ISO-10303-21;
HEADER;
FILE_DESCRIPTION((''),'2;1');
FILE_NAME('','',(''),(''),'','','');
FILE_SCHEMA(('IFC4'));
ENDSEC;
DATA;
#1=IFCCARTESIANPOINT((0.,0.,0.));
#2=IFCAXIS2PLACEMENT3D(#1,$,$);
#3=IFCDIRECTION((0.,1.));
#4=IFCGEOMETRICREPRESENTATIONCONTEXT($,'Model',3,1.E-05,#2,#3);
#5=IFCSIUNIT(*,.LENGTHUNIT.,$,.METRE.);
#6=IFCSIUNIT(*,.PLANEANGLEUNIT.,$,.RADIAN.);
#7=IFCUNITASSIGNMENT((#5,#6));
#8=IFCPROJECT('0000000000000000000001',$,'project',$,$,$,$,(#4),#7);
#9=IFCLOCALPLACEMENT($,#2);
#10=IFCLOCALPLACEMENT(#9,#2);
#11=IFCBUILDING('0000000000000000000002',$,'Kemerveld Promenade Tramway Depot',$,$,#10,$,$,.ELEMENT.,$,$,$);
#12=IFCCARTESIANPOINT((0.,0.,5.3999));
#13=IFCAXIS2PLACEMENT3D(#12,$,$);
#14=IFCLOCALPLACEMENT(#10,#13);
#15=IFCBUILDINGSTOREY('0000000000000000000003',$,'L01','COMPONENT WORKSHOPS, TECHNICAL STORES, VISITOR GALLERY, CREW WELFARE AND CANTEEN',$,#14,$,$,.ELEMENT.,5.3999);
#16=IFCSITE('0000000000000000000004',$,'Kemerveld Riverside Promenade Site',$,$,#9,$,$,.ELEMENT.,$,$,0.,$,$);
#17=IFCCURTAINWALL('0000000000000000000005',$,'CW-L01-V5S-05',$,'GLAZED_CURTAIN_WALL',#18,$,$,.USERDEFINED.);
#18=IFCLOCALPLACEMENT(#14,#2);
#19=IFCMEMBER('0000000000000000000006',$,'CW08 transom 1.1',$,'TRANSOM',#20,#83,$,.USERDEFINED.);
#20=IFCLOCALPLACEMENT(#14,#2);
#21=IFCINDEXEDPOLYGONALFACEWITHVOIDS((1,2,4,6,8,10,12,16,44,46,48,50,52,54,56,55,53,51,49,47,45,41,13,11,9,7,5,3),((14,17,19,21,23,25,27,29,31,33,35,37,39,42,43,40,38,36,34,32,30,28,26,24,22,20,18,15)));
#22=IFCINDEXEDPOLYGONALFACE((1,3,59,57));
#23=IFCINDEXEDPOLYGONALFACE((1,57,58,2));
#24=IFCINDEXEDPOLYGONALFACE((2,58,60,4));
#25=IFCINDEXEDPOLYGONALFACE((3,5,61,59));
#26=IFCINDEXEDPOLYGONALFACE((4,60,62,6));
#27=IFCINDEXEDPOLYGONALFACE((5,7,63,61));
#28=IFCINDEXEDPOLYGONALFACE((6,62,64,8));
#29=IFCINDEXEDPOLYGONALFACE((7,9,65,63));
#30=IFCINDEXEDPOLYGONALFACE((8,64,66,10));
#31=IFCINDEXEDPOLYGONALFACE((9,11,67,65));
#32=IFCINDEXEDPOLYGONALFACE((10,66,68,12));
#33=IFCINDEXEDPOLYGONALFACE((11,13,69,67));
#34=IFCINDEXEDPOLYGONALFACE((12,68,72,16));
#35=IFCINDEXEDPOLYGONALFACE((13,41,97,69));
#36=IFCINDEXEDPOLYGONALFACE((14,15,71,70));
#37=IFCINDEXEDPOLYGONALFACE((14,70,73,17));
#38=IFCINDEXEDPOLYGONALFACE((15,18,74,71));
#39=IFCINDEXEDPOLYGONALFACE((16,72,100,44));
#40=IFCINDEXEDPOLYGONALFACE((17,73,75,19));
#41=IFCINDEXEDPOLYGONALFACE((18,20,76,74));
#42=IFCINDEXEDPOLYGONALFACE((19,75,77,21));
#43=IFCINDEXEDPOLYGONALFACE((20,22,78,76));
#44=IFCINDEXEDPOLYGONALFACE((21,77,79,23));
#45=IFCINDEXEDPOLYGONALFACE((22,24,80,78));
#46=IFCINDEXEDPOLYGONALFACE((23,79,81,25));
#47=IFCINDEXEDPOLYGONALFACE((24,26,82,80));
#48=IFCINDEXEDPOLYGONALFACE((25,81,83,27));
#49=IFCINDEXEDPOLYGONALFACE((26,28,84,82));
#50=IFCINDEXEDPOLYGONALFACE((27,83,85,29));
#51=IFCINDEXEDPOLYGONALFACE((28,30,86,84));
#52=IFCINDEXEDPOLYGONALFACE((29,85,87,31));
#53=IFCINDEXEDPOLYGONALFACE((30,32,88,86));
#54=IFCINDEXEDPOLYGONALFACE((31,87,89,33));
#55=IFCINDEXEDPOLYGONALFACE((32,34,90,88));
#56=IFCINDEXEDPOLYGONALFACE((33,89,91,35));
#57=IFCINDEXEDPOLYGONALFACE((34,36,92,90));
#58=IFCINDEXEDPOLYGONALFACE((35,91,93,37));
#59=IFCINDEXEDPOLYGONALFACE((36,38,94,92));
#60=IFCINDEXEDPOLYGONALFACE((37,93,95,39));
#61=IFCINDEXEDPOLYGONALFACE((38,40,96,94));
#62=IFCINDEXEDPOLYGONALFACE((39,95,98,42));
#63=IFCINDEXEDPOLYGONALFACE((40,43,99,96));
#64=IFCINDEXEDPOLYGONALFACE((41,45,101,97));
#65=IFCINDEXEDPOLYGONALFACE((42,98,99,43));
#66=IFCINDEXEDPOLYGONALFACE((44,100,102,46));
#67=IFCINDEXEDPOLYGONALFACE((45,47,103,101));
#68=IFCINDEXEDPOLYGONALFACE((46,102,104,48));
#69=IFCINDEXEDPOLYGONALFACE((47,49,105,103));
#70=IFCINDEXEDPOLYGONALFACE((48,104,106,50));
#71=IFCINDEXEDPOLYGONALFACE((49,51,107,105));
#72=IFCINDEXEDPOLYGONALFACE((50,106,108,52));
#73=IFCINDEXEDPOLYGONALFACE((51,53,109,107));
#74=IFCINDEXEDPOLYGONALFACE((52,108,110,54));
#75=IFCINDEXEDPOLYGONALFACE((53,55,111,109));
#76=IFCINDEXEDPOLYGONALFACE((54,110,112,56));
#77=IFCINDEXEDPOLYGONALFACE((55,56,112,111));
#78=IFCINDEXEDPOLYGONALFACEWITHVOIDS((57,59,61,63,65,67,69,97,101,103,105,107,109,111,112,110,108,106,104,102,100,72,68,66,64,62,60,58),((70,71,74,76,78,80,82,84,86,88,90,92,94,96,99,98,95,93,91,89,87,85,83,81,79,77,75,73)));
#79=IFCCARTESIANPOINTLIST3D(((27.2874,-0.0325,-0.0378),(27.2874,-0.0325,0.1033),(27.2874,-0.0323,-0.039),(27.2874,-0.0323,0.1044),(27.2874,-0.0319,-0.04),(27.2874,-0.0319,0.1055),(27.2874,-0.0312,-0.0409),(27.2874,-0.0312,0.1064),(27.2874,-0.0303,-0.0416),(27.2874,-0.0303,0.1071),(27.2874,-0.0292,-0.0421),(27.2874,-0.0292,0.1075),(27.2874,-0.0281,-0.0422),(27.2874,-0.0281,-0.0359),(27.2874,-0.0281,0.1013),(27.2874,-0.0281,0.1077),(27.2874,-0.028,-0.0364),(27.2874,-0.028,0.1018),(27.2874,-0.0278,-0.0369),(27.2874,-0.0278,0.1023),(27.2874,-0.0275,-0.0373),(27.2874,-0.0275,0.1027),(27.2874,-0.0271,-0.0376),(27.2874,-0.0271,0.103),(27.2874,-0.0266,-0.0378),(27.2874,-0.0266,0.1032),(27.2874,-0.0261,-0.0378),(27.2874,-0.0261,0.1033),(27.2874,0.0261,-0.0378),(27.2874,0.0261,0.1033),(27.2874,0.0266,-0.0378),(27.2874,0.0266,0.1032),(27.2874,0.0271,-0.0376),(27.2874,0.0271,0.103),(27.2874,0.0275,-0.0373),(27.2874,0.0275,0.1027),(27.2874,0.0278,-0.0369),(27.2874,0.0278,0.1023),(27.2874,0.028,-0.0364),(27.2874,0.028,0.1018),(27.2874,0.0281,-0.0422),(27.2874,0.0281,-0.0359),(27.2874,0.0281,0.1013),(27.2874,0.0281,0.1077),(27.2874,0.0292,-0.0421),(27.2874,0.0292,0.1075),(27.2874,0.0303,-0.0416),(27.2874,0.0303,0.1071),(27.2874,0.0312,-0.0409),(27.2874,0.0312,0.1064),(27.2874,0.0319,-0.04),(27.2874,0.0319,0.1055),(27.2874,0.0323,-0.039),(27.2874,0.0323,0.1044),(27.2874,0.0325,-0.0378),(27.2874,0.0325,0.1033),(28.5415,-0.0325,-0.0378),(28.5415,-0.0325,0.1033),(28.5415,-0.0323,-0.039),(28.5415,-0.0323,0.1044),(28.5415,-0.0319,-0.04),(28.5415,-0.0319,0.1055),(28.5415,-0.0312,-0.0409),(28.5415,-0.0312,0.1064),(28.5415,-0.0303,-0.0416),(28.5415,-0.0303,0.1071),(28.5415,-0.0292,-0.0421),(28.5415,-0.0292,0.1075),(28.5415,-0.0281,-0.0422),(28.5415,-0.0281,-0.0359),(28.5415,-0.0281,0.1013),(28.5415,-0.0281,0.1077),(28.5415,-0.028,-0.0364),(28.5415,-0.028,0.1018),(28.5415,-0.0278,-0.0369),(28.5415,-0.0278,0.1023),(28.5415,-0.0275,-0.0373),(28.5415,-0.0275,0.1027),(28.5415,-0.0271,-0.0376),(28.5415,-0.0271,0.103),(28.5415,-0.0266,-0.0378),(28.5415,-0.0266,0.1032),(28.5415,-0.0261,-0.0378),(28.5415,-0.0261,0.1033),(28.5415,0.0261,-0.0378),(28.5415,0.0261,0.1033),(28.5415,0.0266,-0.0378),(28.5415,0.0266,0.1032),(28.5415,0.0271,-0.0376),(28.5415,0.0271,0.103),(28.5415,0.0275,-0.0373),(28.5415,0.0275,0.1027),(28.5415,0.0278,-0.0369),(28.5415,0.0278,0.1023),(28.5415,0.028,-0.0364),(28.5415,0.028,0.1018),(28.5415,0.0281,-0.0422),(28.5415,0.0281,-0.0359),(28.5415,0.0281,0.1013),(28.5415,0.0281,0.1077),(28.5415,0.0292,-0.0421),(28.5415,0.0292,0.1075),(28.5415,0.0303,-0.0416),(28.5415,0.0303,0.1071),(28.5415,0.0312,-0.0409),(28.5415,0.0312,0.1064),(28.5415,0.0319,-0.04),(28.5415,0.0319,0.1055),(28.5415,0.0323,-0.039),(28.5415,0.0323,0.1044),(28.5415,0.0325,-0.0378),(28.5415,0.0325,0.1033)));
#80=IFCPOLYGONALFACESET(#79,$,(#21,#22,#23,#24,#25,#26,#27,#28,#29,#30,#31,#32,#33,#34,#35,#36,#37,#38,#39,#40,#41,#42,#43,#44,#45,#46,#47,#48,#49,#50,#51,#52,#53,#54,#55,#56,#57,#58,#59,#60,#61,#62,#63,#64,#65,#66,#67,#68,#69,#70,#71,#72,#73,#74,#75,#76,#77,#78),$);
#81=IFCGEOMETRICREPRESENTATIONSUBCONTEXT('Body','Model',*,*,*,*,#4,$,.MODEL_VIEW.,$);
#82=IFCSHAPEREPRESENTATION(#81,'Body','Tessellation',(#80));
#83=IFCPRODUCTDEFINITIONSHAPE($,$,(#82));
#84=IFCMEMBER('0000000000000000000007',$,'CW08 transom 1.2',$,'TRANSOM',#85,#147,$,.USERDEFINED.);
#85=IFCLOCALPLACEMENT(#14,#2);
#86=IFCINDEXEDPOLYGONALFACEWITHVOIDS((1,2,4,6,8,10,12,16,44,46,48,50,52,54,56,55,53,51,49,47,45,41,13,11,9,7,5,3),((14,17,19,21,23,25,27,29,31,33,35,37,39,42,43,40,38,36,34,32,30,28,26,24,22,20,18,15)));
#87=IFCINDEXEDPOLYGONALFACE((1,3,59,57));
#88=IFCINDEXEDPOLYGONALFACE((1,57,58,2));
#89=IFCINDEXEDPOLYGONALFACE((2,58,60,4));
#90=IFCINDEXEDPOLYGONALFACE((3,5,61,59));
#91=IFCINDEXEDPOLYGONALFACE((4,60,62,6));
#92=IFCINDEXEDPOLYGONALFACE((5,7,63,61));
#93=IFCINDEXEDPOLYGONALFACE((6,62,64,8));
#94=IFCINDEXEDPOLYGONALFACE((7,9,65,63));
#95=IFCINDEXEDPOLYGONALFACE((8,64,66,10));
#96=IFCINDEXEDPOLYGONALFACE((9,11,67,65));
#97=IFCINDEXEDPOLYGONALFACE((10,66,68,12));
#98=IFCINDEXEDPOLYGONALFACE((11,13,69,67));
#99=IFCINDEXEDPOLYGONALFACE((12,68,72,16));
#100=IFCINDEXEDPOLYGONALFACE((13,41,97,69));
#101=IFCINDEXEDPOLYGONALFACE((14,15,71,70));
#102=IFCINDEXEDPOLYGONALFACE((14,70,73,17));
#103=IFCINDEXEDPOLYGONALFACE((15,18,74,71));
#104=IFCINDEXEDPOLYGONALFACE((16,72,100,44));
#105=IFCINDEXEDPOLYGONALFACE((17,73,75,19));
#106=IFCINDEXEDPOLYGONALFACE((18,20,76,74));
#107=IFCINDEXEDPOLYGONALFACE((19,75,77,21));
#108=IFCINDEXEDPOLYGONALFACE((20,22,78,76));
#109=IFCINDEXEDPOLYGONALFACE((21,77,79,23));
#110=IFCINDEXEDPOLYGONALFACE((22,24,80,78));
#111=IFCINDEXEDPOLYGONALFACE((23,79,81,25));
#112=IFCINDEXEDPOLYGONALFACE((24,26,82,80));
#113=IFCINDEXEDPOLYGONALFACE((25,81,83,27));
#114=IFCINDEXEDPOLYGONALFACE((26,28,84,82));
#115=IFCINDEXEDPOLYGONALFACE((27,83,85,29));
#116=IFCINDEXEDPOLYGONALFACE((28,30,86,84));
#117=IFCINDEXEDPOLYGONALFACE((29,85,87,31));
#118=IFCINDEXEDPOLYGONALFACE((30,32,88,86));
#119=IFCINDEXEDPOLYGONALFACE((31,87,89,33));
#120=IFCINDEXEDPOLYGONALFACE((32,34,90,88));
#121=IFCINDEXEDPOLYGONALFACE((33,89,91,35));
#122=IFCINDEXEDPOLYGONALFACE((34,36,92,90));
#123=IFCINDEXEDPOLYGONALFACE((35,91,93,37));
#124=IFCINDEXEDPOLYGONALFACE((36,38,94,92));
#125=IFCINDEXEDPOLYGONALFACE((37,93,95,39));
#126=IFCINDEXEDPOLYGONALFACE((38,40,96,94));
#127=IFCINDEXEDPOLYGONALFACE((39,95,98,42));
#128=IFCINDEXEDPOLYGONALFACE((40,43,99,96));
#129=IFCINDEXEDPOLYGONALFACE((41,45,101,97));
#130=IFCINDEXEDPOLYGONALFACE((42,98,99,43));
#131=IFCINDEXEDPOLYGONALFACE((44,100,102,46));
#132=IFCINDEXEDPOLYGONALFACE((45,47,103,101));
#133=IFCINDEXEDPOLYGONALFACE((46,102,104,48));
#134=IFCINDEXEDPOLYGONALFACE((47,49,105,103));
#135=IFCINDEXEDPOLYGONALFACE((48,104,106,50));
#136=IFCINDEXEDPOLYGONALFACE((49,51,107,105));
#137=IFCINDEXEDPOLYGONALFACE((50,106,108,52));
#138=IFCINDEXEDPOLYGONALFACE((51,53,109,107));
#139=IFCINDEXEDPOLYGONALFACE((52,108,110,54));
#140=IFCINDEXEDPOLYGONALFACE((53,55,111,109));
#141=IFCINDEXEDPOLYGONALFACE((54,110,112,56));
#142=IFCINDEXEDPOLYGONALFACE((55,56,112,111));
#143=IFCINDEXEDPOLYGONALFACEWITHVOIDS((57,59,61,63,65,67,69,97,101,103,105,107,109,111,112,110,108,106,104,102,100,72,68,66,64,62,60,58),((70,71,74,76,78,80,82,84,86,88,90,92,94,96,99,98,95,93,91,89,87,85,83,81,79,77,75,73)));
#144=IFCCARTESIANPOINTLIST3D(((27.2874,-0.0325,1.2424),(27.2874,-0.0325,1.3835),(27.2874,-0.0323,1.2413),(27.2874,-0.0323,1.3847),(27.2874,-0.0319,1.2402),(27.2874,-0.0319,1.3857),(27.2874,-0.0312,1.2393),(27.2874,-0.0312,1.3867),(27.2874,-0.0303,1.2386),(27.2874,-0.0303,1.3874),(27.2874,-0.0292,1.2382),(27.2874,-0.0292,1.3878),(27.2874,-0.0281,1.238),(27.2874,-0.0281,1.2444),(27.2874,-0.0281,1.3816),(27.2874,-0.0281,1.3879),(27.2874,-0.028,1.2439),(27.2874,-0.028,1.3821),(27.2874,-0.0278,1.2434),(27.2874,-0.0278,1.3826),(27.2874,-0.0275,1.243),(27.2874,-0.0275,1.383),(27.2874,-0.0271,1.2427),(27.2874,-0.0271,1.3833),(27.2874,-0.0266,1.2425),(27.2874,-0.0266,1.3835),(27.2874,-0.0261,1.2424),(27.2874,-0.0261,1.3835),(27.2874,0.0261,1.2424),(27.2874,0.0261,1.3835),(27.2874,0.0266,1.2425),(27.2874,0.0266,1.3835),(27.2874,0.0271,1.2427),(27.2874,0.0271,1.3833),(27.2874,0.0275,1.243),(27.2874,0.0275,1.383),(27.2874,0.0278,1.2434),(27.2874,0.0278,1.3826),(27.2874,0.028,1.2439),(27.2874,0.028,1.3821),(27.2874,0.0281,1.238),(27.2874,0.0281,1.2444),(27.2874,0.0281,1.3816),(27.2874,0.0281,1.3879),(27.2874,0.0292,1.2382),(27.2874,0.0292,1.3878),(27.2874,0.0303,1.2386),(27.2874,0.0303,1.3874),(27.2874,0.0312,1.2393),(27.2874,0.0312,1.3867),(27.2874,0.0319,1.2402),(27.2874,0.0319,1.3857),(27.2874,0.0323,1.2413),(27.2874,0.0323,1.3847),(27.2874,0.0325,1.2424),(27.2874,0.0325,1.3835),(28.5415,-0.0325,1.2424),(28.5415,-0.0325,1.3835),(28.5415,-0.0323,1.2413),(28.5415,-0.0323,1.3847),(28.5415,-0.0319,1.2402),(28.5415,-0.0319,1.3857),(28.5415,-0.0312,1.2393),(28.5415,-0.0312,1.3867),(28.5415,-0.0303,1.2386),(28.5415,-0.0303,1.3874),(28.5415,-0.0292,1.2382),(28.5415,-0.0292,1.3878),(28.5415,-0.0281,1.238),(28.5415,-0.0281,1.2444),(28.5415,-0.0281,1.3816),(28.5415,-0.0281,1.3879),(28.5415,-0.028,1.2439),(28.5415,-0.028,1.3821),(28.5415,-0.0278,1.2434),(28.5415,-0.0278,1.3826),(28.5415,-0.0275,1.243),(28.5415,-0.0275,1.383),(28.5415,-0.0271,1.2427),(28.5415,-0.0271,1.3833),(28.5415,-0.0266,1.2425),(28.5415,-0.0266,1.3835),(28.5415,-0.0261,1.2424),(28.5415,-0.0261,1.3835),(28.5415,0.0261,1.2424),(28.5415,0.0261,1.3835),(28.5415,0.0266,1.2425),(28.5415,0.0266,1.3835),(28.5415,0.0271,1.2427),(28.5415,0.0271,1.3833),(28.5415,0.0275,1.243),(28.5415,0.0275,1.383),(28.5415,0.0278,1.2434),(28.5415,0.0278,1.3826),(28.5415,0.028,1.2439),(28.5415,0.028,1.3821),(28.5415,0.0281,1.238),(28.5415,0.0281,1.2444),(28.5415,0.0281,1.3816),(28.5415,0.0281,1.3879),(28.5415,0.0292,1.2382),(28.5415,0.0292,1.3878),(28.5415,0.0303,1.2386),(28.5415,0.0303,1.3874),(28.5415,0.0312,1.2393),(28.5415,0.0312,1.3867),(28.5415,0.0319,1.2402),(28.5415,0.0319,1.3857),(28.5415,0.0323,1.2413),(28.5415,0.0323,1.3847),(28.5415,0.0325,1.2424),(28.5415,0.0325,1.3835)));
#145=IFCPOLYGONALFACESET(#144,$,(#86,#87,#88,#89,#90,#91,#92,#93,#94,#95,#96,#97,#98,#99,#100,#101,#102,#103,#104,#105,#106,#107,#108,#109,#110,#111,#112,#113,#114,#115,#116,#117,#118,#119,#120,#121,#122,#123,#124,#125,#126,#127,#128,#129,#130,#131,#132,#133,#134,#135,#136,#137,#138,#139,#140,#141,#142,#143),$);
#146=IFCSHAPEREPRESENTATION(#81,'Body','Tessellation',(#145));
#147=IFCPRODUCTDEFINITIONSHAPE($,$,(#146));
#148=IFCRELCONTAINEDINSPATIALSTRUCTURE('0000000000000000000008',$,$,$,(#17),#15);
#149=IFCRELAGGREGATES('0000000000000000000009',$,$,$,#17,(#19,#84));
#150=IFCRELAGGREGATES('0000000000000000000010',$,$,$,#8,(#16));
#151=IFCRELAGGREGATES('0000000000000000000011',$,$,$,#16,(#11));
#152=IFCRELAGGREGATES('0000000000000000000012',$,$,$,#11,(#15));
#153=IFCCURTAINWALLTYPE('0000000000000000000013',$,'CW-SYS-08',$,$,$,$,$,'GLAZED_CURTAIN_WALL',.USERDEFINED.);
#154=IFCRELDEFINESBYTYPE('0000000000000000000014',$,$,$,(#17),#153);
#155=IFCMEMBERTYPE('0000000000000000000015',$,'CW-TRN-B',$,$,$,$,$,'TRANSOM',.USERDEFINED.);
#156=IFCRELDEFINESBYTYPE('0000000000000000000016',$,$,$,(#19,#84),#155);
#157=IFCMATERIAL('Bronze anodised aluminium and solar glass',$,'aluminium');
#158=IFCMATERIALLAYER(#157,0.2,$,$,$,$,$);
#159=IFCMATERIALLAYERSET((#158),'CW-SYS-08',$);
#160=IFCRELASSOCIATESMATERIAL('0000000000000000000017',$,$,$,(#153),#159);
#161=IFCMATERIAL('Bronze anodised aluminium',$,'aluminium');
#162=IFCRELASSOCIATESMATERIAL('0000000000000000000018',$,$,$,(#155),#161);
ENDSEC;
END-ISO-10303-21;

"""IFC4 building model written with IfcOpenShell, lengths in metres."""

from ifc_helpers import new_model, si_unit, direction, frame, origin, origin_2d, place, context, subcontext, project, spatial, hollow_rectangle, extrude, material, layer, layer_set, material_profile, profile_set, type_object, element, aggregate, save


model = new_model("IFC4")

# Units and contexts
model_context = context("Model", 3, precision=1e-05, world=origin(), true_north=direction((0.0, 1.0)))
body_context = subcontext(model_context, "Body", "Model", "MODEL_VIEW")
ifc_project = project(units=[si_unit("LENGTHUNIT", "METRE"), si_unit("PLANEANGLEUNIT", "RADIAN")], contexts=[model_context])

# Site, building, storey
site_placement = place(None, origin())
site = spatial("IfcSite", under=ifc_project, at=site_placement, Name="Kemerveld Riverside Promenade Site", CompositionType="ELEMENT", RefElevation=0.0)
building_placement = place(site_placement, origin())
building = spatial("IfcBuilding", under=site, at=building_placement, Name="Kemerveld Promenade Tramway Depot", CompositionType="ELEMENT")
storey_placement = place(building_placement, frame((0.0, 0.0, 5.3999)))
storey = spatial("IfcBuildingStorey", under=building, at=storey_placement, Name="L01", Description="COMPONENT WORKSHOPS, TECHNICAL STORES, VISITOR GALLERY, CREW WELFARE AND CANTEEN", CompositionType="ELEMENT", Elevation=5.3999)

# Curtain wall, members
ifc_material_1 = material(Name="Bronze anodised aluminium and solar glass", Category="aluminium")
ifc_layer_1 = layer(ifc_material_1, 0.2)
ifc_layer_set_1 = layer_set([ifc_layer_1], Name="CW-SYS-08")
curtain_wall_type = type_object("IfcCurtainWallType", Name="CW-SYS-08", ElementType="GLAZED_CURTAIN_WALL", PredefinedType="USERDEFINED", material=ifc_layer_set_1)
curtain_wall_placement = place(storey_placement, origin())
curtain_wall = element("IfcCurtainWall", 1, at=curtain_wall_placement, inside=storey, type_object=curtain_wall_type, Name="CW-L01-V5S-05", ObjectType="GLAZED_CURTAIN_WALL", PredefinedType="USERDEFINED")
ifc_material_2 = material(Name="Bronze anodised aluminium", Category="aluminium")
ifc_material_profile_1 = material_profile(ifc_material_2, hollow_rectangle(XDim=0.0649, YDim=0.1499, WallThickness=0.0044, InnerFilletRadius=0.002, OuterFilletRadius=0.0044, at=origin_2d()), Name="CW-TRN-150x65")
ifc_profile_set_1 = profile_set([ifc_material_profile_1], Name="Bronze anodised aluminium")
member_type_1 = type_object("IfcMemberType", Name="CW-TRN-B", ElementType="TRANSOM", PredefinedType="USERDEFINED", material=ifc_profile_set_1)
member_1_placement = place(storey_placement, frame((28.5415, 0.0, 0.0327), z_axis=(-1.0, 0.0, 0.0), x_axis=(0.0, -1.0, 0.0)))
member_1 = element("IfcMember", 2, at=member_1_placement, type_object=member_type_1, Name="CW08 transom 1.1", ObjectType="TRANSOM", PredefinedType="USERDEFINED", context=body_context, shape_type="SweptSolid", body=[
    extrude(hollow_rectangle(XDim=0.0649, YDim=0.1499, WallThickness=0.0044, InnerFilletRadius=0.002, OuterFilletRadius=0.0044, at=origin_2d()), origin(), (0.0, 0.0, 1.0), 1.2542),
])
member_2_placement = place(storey_placement, frame((28.5415, 0.0, 1.313), z_axis=(-1.0, 0.0, 0.0), x_axis=(0.0, -1.0, 0.0)))
member_2 = element("IfcMember", 3, at=member_2_placement, type_object=member_type_1, Name="CW08 transom 1.2", ObjectType="TRANSOM", PredefinedType="USERDEFINED", context=body_context, shape_type="SweptSolid", body=[
    extrude(hollow_rectangle(XDim=0.0649, YDim=0.1499, WallThickness=0.0044, InnerFilletRadius=0.002, OuterFilletRadius=0.0044, at=origin_2d()), origin(), (0.0, 0.0, 1.0), 1.2542),
])
aggregate(curtain_wall, [member_1, member_2])

save(model, "model.ifc")
